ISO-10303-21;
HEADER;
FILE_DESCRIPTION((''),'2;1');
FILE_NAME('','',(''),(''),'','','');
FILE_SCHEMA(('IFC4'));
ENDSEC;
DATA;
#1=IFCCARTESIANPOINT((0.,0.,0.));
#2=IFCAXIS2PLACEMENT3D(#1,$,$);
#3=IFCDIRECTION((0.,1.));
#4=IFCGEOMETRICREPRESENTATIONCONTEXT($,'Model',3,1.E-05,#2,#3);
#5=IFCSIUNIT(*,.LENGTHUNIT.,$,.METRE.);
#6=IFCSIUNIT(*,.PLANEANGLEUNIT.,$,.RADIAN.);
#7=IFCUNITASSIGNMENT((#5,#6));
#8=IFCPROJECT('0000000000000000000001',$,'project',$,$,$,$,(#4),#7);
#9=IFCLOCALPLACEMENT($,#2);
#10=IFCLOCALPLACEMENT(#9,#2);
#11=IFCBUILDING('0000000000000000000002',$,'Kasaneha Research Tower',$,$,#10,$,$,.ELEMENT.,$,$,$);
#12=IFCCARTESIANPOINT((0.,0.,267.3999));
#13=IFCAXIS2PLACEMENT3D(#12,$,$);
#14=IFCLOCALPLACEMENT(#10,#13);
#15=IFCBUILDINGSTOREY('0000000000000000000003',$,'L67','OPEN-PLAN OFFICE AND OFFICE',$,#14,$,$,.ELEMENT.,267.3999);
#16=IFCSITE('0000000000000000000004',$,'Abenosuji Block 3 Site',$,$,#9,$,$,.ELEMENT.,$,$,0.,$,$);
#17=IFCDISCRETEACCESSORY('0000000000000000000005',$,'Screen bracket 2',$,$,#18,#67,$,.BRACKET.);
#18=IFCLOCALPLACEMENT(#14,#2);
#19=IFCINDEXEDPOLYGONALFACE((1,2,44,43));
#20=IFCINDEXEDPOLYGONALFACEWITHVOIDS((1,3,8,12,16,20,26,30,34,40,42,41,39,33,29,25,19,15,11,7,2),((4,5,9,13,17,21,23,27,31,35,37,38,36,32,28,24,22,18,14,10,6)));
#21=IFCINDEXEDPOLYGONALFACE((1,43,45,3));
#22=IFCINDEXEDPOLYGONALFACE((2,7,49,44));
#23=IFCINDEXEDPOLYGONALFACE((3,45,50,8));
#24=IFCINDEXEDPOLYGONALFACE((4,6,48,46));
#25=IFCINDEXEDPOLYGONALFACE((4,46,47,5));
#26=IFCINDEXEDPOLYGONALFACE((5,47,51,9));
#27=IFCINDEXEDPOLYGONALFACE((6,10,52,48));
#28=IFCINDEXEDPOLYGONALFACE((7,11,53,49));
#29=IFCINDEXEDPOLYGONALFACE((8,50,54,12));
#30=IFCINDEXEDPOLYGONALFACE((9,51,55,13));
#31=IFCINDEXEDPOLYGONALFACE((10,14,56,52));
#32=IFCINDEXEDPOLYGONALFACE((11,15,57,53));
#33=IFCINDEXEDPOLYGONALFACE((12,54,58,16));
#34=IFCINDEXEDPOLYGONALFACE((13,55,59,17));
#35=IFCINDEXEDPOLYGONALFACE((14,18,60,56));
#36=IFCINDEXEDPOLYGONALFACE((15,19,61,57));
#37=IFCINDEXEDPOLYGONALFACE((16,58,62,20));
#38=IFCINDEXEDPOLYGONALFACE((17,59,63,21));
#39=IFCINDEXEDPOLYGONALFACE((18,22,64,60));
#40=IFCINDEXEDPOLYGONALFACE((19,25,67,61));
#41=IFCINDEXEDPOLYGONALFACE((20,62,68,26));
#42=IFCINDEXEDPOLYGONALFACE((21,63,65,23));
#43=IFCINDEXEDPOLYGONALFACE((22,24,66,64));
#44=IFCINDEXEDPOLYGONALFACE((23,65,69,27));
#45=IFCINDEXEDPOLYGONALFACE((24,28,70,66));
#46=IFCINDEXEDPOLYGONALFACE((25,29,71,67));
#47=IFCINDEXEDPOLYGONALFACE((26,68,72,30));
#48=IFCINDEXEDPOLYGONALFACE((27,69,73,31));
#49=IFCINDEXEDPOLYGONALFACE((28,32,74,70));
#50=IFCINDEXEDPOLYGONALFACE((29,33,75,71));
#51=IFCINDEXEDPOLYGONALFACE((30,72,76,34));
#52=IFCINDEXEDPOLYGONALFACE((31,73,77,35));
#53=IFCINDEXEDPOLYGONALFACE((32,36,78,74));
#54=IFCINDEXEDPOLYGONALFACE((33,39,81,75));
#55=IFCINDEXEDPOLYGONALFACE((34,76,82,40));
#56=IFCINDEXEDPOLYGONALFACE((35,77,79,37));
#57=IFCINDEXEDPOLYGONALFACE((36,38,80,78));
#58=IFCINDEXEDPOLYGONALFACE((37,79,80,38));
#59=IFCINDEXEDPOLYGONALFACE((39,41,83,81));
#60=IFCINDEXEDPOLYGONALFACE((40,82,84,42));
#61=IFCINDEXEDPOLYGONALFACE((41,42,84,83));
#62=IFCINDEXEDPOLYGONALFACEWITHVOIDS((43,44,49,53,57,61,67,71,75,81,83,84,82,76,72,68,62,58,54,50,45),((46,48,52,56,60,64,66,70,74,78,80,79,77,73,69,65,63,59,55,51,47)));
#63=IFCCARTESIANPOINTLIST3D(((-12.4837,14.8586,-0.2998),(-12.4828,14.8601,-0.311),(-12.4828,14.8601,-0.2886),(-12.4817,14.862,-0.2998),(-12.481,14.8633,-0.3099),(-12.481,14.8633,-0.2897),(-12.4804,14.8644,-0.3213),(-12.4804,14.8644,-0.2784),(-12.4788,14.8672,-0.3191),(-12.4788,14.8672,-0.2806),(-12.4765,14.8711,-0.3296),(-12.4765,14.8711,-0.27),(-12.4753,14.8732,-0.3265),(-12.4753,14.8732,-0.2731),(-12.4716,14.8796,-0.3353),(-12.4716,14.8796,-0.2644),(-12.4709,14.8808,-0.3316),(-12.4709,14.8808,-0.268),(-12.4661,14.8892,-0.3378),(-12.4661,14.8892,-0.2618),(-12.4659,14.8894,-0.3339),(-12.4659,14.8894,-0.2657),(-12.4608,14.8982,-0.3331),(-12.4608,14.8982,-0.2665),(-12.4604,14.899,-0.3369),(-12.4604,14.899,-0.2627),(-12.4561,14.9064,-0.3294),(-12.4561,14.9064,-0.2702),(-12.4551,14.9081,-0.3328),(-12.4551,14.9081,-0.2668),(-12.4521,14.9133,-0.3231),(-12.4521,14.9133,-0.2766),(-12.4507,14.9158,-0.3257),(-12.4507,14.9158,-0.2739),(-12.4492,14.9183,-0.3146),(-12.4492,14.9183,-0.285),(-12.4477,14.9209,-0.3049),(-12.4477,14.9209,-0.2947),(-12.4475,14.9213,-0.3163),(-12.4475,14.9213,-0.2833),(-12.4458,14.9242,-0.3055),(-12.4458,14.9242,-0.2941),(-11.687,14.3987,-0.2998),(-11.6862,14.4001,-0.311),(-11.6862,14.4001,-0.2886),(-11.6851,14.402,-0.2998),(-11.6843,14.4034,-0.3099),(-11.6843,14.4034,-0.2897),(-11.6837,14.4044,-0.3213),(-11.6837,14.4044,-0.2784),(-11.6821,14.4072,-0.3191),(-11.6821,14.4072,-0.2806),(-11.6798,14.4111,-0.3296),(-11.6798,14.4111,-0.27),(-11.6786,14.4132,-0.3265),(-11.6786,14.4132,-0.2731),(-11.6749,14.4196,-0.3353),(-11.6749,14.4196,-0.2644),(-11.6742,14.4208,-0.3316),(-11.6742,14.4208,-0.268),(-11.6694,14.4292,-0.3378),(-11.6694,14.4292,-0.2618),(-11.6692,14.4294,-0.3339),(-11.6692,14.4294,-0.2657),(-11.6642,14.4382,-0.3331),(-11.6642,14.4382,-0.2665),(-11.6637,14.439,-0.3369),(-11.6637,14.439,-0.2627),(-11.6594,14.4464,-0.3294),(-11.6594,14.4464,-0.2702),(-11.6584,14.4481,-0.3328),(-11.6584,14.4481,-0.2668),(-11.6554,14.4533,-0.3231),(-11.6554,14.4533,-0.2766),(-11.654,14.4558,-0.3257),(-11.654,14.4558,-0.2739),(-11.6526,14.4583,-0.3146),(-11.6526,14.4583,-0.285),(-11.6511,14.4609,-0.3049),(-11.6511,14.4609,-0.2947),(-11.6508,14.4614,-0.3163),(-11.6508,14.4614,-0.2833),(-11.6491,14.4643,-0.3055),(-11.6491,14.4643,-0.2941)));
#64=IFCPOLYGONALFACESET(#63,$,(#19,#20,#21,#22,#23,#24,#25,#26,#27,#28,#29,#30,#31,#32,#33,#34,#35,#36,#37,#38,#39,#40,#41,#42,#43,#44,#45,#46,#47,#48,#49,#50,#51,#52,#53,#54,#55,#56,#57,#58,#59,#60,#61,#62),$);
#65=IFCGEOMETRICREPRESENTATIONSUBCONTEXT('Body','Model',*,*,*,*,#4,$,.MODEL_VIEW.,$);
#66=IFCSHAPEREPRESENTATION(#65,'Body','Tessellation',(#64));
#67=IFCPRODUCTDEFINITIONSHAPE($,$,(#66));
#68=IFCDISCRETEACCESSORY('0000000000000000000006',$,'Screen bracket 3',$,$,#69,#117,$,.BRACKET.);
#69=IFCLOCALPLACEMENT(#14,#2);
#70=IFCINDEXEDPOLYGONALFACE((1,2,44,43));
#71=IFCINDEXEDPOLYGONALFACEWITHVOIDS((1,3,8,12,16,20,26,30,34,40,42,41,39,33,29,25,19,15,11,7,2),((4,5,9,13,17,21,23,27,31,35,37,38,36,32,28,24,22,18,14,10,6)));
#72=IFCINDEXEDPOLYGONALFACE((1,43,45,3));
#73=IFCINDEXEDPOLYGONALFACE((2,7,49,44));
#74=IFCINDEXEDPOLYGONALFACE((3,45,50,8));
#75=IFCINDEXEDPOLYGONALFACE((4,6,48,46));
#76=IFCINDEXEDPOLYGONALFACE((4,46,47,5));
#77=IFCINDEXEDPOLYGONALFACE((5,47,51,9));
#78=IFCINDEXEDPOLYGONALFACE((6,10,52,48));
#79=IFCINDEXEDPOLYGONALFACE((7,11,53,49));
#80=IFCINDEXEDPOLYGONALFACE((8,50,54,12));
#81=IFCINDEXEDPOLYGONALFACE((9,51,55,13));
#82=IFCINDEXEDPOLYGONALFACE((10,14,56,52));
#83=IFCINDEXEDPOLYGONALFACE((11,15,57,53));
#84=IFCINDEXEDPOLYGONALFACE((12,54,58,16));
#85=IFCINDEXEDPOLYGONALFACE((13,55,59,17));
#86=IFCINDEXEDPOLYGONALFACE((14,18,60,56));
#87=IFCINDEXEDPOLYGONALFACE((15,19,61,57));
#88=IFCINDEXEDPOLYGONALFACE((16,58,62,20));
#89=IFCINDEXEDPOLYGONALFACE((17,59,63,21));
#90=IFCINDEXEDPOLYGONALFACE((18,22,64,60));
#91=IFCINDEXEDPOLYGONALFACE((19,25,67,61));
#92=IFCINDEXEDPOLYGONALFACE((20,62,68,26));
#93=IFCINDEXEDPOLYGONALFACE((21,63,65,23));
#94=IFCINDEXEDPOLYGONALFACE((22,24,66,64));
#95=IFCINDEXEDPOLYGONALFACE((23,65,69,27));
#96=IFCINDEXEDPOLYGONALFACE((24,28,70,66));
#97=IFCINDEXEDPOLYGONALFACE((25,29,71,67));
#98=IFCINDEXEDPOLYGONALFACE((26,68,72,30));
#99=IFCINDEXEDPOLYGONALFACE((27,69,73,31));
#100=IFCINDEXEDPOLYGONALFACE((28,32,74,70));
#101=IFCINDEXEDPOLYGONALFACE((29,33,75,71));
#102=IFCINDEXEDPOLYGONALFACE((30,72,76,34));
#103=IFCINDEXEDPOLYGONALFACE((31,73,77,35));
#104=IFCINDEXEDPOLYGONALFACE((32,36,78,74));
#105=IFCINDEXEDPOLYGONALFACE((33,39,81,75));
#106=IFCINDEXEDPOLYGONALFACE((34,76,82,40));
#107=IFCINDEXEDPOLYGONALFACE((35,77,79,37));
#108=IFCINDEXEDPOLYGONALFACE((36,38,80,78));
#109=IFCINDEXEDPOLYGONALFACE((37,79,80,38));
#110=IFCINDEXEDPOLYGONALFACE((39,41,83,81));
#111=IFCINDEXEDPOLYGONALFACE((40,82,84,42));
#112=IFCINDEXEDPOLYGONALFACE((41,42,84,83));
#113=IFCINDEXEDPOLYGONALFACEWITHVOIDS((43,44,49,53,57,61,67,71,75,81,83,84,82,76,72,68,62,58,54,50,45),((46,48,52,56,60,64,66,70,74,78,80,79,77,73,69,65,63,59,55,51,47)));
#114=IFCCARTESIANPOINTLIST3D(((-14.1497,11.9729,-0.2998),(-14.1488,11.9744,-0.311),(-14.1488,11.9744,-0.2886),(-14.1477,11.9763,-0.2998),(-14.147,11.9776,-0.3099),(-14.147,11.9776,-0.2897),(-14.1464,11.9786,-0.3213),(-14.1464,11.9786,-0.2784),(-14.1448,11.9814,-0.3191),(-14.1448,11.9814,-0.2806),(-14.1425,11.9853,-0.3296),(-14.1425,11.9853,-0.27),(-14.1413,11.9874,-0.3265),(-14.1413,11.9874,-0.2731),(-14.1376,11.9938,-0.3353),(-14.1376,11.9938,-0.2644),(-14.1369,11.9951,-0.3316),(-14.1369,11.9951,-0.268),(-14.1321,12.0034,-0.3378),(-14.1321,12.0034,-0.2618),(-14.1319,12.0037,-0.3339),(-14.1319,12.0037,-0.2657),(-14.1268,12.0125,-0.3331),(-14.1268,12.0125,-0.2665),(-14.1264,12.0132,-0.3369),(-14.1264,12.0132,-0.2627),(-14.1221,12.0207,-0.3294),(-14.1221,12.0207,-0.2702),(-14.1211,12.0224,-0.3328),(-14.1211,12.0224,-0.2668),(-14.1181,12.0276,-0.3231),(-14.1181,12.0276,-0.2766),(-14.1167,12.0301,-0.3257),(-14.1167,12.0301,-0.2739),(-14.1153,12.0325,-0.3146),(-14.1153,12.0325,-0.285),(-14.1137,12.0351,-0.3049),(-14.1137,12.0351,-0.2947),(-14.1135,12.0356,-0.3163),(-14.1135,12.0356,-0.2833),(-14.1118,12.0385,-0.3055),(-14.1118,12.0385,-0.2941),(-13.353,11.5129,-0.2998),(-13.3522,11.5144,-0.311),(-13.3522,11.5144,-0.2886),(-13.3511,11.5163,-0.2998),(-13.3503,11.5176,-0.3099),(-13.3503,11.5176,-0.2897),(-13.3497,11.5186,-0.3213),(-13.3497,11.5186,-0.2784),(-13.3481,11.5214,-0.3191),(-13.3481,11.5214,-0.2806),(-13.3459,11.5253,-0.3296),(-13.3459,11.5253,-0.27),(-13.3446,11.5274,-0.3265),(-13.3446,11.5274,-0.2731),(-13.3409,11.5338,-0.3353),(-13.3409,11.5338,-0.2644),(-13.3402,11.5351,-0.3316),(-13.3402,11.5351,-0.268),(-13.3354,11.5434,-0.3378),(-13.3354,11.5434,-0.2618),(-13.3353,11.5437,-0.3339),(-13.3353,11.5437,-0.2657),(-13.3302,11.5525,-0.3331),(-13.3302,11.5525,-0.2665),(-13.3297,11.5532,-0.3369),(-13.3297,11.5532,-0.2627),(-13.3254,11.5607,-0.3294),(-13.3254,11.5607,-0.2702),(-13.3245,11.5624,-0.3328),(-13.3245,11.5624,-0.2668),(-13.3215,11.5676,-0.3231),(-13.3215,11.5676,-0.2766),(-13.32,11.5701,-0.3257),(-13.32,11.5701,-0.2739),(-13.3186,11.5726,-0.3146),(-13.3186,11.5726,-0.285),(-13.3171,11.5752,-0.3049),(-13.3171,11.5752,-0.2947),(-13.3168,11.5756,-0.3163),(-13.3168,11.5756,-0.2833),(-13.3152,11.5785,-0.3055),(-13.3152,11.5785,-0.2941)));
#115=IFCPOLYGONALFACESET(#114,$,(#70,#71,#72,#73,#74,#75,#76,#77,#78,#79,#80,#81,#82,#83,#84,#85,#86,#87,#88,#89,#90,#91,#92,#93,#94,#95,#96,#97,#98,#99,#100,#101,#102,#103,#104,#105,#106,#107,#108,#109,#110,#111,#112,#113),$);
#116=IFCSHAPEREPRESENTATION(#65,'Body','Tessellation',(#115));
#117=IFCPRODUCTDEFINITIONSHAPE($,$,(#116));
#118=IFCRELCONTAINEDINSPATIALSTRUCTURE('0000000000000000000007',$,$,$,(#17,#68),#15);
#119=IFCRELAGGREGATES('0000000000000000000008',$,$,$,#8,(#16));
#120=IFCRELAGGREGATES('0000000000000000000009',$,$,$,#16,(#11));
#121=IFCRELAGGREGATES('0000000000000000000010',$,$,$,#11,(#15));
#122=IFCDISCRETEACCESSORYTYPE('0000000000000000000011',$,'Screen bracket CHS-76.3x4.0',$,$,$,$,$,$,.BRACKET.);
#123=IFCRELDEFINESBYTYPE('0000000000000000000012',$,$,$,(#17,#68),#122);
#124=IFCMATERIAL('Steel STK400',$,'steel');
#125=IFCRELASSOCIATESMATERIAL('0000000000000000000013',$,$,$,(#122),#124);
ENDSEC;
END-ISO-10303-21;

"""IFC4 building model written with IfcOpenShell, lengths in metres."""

from ifc_helpers import new_model, si_unit, direction, frame, origin, origin_2d, place, context, subcontext, project, spatial, hollow_circle, extrude, material, material_profile, profile_set, type_object, element, save


model = new_model("IFC4")

# Units and contexts
model_context = context("Model", 3, precision=1e-05, world=origin(), true_north=direction((0.0, 1.0)))
body_context = subcontext(model_context, "Body", "Model", "MODEL_VIEW")
ifc_project = project(units=[si_unit("LENGTHUNIT", "METRE"), si_unit("PLANEANGLEUNIT", "RADIAN")], contexts=[model_context])

# Site, building, storey
site_placement = place(None, origin())
site = spatial("IfcSite", under=ifc_project, at=site_placement, Name="Abenosuji Block 3 Site", CompositionType="ELEMENT", RefElevation=0.0)
building_placement = place(site_placement, origin())
building = spatial("IfcBuilding", under=site, at=building_placement, Name="Kasaneha Research Tower", CompositionType="ELEMENT")
storey_placement = place(building_placement, frame((0.0, 0.0, 267.3999)))
storey = spatial("IfcBuildingStorey", under=building, at=storey_placement, Name="L67", Description="OPEN-PLAN OFFICE AND OFFICE", CompositionType="ELEMENT", Elevation=267.3999)

# Discrete accessories
ifc_material_1 = material(Name="Steel STK400", Category="steel")
ifc_material_profile_1 = material_profile(ifc_material_1, hollow_circle(Radius=0.0381, WallThickness=0.0039, at=origin_2d()), Name="CHS-76.3x4.0")
ifc_profile_set_1 = profile_set([ifc_material_profile_1], Name="Steel STK400")
discrete_accessory_type = type_object("IfcDiscreteAccessoryType", Name="Screen bracket CHS-76.3x4.0", PredefinedType="BRACKET", material=ifc_profile_set_1)
for number, where, z_axis, x_axis, name in (
    (1, (-11.668, 14.4316, -0.2998), (-0.866013, 0.500021, 0.0), (-0.500021, -0.866013, 0.0), "Screen bracket 2"),
    (2, (-13.334, 11.5459, -0.2998), (-0.866013, 0.500021, 0.0), (-0.500021, -0.866013, 0.0), "Screen bracket 3"),
):
    element("IfcDiscreteAccessory", number, at=place(storey_placement, frame(where, z_axis=z_axis, x_axis=x_axis)), inside=storey, type_object=discrete_accessory_type, Name=name, PredefinedType="BRACKET", context=body_context, shape_type="SweptSolid", body=[
        extrude(hollow_circle(Radius=0.0381, WallThickness=0.0039, at=origin_2d()), origin(), (0.0, 0.0, 1.0), 0.9199),
    ])

save(model, "model.ifc")
